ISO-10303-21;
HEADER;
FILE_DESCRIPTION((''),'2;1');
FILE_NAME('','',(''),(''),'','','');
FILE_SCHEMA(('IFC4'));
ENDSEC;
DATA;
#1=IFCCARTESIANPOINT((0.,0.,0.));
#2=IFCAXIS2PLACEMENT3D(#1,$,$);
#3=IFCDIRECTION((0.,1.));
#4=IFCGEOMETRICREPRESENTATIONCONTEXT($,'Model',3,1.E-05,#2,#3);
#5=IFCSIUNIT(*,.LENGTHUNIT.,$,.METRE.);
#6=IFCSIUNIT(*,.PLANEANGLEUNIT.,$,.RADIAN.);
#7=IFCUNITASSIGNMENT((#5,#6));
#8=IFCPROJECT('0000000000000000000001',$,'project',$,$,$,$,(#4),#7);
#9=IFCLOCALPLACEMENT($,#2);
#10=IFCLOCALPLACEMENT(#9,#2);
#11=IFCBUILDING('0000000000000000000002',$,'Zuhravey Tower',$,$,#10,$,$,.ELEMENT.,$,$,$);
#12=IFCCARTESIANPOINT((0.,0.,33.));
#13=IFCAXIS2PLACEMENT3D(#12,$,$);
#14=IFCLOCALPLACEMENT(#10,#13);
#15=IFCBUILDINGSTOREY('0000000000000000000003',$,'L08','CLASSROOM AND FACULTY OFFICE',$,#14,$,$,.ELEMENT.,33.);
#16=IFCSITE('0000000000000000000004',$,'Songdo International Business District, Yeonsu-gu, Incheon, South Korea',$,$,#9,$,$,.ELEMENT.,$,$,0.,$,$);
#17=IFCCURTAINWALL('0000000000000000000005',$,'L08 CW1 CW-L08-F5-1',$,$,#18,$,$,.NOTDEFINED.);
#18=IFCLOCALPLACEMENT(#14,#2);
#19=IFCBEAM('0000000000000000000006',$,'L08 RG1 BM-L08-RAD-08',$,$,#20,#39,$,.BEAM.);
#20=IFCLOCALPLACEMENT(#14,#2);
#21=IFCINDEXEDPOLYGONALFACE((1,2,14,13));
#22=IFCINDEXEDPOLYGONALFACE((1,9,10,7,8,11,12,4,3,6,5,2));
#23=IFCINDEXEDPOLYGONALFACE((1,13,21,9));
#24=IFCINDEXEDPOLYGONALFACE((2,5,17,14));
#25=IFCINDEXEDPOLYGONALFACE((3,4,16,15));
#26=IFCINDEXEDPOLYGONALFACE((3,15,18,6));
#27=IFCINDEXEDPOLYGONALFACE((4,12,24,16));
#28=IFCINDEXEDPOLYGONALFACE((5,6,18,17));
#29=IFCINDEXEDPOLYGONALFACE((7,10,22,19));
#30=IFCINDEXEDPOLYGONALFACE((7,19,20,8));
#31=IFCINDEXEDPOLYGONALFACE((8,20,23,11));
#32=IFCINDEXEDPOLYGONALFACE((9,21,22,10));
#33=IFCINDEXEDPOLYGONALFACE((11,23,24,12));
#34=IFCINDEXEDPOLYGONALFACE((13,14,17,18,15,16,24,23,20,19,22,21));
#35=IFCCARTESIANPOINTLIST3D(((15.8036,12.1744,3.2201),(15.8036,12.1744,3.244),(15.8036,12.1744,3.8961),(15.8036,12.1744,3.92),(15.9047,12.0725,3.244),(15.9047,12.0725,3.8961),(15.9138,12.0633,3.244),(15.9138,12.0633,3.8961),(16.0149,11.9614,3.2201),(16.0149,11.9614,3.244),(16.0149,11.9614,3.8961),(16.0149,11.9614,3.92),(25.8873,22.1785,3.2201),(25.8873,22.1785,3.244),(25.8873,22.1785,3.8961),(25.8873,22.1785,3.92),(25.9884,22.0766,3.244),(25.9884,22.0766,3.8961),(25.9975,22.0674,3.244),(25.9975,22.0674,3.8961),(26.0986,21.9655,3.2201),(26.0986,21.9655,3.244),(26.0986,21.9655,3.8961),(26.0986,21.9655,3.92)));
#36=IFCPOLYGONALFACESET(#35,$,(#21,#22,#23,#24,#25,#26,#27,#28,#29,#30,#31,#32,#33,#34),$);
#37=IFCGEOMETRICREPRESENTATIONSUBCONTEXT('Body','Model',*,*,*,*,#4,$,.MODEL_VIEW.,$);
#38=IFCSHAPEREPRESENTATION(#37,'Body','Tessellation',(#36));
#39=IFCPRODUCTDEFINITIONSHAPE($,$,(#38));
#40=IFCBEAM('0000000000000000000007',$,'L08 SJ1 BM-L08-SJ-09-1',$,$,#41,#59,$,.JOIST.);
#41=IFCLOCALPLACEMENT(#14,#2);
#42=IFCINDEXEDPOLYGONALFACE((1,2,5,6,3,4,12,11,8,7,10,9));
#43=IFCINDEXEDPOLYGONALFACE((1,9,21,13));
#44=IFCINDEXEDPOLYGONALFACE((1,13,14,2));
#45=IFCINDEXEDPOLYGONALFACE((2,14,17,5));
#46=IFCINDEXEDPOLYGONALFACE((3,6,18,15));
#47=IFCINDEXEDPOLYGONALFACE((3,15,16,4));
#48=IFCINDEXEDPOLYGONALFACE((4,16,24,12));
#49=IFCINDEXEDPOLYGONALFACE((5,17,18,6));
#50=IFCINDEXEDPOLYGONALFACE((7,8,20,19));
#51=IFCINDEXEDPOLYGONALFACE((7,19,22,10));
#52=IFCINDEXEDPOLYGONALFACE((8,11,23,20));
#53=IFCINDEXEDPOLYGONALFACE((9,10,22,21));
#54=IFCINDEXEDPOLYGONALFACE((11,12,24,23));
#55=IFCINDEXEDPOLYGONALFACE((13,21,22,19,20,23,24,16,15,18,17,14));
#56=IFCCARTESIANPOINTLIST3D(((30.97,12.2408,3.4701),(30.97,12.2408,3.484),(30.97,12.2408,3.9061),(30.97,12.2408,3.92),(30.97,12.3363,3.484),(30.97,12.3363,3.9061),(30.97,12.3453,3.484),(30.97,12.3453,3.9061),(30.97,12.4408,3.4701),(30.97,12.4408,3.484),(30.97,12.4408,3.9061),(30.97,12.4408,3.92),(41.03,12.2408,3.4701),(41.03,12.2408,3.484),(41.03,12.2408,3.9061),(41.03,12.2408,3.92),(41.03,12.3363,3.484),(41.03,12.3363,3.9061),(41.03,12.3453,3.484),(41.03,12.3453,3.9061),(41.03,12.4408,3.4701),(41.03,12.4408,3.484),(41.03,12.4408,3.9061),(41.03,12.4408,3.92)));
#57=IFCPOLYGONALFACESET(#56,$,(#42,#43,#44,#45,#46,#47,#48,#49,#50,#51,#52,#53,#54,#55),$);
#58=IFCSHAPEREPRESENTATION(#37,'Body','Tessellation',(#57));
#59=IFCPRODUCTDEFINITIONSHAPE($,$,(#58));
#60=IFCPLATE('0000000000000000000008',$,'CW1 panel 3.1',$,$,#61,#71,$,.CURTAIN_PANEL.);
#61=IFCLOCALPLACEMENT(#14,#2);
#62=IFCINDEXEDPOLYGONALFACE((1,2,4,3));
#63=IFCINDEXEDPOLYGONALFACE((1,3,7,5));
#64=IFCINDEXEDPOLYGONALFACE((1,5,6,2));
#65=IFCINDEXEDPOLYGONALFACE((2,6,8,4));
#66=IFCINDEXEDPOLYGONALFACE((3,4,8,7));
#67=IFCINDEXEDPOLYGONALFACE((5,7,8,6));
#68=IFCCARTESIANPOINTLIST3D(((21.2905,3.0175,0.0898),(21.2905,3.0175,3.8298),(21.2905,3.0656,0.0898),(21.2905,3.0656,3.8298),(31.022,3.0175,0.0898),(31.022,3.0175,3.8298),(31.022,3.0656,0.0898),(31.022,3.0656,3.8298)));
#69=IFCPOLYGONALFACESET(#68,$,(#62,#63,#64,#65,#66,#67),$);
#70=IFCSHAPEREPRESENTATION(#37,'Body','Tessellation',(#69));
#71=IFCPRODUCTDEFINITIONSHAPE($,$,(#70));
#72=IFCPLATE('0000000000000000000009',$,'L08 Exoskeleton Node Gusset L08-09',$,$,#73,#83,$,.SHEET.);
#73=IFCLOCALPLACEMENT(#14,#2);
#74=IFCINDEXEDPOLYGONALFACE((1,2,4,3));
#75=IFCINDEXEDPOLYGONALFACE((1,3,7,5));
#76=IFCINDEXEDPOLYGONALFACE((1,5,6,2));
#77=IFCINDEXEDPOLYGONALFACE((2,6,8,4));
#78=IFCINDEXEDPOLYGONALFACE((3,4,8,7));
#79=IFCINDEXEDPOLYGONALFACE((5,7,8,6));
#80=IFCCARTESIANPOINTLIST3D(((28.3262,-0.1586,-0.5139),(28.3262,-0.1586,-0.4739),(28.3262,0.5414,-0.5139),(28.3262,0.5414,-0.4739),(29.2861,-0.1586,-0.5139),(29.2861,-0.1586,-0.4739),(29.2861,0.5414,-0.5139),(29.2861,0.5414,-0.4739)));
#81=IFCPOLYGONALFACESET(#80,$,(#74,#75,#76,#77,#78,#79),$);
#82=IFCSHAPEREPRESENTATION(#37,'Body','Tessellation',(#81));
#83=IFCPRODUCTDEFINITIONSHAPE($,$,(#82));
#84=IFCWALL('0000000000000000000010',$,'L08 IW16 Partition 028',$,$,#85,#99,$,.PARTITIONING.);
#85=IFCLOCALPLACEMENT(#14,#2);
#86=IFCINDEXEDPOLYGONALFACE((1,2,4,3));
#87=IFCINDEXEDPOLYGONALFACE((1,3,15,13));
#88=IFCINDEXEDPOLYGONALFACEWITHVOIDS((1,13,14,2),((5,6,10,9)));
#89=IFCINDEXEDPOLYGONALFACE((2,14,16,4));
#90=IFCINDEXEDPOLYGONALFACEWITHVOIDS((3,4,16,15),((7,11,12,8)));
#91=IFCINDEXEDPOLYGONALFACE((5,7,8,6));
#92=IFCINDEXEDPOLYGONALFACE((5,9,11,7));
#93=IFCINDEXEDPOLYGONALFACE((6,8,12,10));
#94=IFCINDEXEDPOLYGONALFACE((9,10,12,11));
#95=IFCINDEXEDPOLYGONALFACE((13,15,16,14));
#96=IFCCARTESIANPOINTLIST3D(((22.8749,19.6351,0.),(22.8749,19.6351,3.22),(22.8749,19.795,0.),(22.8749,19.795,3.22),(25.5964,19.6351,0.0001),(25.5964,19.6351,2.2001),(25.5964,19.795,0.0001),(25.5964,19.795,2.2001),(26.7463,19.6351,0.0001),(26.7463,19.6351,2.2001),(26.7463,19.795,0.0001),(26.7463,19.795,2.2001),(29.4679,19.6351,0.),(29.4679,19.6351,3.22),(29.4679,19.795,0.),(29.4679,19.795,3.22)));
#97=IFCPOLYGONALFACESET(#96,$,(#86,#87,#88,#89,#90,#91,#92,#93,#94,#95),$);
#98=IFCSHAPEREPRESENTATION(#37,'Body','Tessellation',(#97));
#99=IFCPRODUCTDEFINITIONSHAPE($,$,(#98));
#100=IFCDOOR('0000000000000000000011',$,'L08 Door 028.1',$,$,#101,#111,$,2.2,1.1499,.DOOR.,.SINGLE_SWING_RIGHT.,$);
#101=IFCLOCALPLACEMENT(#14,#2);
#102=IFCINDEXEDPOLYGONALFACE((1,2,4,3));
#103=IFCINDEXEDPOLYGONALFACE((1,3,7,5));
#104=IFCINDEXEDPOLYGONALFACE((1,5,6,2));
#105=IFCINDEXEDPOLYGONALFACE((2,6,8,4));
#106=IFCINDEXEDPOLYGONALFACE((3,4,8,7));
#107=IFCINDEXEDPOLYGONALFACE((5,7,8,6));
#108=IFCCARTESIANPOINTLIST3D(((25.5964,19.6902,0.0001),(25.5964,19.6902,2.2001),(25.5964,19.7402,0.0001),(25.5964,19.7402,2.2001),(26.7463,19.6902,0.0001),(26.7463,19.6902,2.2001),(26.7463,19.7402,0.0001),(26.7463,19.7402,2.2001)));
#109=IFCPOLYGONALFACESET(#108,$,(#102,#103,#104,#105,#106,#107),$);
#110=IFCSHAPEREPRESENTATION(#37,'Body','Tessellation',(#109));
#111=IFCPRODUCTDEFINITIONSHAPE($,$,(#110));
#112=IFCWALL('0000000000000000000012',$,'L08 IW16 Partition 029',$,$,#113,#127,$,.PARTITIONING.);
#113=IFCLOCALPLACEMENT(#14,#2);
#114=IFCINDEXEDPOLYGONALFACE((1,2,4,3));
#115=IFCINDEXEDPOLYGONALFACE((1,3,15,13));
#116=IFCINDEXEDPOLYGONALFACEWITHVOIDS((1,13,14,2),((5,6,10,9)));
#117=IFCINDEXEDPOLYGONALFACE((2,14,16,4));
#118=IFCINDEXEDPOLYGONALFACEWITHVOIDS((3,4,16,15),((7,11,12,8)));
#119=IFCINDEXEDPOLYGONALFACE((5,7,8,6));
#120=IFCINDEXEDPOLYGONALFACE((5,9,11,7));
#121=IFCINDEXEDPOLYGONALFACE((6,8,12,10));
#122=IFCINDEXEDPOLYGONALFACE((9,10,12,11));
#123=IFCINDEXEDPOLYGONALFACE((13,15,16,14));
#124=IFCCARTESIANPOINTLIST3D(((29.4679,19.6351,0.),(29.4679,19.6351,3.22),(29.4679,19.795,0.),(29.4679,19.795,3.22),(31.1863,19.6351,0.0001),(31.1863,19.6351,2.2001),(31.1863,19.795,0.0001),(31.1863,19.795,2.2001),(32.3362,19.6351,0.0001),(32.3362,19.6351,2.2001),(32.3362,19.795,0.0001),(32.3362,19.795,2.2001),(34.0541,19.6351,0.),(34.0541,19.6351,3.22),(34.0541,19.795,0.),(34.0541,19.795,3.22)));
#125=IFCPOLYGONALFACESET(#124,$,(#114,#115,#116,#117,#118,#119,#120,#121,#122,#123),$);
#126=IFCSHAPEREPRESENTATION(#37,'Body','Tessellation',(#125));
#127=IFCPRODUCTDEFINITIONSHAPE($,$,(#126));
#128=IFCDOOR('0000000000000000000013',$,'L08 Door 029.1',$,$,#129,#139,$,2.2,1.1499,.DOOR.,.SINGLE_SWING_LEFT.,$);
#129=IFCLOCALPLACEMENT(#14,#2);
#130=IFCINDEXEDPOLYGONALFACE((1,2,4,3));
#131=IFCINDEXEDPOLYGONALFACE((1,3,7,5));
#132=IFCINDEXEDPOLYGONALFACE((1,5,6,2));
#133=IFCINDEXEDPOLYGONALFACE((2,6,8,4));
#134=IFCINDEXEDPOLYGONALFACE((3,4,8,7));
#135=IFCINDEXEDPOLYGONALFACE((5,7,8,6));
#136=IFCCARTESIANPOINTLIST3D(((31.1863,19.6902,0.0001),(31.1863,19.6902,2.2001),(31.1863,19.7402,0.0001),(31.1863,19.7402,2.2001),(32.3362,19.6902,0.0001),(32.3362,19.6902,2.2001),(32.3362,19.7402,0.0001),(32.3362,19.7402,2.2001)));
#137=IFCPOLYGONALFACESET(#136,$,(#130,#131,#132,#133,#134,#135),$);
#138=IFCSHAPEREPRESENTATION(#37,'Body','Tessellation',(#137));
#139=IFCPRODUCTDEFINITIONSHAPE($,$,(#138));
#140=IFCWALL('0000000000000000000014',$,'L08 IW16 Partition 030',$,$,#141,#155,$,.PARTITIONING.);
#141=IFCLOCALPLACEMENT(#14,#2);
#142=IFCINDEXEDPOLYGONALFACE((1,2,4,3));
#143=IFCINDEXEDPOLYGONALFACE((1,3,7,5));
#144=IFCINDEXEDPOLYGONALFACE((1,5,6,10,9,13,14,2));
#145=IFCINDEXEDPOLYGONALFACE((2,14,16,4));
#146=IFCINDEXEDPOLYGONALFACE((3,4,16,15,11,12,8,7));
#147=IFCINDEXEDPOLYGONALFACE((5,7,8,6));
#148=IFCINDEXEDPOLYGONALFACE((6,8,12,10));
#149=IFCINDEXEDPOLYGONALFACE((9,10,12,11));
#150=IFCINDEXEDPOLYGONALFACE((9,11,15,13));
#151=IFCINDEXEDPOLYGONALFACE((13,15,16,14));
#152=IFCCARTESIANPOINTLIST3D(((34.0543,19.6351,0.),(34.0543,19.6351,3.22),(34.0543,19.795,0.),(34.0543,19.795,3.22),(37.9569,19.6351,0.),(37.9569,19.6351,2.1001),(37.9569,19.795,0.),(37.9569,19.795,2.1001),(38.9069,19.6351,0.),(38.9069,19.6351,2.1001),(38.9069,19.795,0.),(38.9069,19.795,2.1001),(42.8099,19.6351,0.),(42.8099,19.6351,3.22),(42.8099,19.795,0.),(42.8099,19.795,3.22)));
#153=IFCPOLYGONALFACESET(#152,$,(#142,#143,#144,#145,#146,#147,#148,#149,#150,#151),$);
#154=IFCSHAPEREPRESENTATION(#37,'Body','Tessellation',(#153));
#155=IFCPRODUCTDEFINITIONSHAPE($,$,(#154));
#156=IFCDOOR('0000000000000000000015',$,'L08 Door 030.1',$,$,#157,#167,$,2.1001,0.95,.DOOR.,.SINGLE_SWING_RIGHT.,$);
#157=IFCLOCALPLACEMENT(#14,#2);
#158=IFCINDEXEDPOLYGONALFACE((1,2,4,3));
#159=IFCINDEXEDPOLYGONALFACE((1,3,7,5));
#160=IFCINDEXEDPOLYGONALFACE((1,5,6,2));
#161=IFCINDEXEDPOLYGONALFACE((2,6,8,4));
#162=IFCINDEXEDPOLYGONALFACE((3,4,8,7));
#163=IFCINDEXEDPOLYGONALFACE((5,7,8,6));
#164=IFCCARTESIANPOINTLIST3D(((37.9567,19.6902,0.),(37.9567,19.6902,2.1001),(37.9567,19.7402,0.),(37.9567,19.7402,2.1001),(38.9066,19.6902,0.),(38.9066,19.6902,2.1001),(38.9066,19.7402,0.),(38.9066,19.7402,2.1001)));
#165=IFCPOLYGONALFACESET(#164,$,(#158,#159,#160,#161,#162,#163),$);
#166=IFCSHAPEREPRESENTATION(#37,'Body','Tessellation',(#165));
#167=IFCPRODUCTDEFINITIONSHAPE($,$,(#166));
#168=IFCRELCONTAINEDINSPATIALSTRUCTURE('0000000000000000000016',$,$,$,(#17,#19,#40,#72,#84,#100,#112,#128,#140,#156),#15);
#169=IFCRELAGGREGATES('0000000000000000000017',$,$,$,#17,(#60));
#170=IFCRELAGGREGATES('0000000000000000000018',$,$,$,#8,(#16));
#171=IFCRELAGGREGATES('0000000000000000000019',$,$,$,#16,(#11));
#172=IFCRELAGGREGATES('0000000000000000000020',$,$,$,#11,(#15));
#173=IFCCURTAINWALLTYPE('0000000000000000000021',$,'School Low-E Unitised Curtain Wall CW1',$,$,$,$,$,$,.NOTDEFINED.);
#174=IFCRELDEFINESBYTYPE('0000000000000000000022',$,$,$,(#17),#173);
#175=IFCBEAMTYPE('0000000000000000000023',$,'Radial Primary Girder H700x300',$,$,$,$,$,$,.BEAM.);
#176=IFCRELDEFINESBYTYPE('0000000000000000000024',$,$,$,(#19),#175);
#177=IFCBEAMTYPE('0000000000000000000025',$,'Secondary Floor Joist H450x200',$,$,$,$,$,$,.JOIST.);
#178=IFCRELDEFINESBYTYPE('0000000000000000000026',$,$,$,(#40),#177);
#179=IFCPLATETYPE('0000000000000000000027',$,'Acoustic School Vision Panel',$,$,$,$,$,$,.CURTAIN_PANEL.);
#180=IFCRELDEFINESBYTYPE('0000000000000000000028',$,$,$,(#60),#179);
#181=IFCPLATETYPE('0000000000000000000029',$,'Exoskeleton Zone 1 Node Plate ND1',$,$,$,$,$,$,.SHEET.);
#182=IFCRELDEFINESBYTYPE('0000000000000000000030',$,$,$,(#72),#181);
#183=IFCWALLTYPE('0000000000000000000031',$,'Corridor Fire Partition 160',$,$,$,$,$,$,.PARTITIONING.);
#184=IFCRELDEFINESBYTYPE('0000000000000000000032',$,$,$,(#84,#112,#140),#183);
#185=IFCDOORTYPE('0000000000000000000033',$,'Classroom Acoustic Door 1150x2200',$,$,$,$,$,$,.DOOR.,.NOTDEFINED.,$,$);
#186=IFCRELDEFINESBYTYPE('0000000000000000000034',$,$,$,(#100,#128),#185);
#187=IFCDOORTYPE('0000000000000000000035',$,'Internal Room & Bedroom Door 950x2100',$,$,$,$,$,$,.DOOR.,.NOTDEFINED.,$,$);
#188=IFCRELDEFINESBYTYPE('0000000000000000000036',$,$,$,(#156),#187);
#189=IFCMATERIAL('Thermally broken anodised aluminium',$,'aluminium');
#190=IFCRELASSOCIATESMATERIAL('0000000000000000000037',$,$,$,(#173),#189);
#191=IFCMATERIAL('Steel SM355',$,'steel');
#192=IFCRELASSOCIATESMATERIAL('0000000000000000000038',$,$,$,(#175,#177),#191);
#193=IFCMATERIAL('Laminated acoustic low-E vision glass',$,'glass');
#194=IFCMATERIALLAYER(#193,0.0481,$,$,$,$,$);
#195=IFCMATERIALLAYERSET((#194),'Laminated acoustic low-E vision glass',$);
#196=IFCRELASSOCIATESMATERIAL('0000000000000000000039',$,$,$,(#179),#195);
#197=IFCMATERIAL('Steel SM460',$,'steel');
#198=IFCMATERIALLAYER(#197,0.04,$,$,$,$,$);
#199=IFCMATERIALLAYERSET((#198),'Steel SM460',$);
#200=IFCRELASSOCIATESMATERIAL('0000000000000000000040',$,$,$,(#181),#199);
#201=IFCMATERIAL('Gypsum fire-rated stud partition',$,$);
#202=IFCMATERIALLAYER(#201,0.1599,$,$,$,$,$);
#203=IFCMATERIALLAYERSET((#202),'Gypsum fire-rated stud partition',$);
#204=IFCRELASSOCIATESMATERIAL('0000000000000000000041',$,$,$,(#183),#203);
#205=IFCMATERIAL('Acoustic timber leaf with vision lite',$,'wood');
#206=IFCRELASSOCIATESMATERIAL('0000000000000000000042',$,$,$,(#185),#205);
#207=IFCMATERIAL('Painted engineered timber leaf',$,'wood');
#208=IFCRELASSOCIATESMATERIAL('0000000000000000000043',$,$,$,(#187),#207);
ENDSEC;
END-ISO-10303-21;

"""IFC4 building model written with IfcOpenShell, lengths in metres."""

from ifc_helpers import new_model, si_unit, direction, frame, frame_2d, origin, origin_2d, place, context, subcontext, project, spatial, rectangle, i_section, extrude, material, layer, layer_set, material_profile, profile_set, type_object, element, fill, aggregate, save


model = new_model("IFC4")

# Units and contexts
model_context = context("Model", 3, precision=1e-05, world=origin(), true_north=direction((0.0, 1.0)))
body_context = subcontext(model_context, "Body", "Model", "MODEL_VIEW")
ifc_project = project(units=[si_unit("LENGTHUNIT", "METRE"), si_unit("PLANEANGLEUNIT", "RADIAN")], contexts=[model_context])

# Site, building, storey
site_placement = place(None, origin())
site = spatial("IfcSite", under=ifc_project, at=site_placement, Name="Songdo International Business District, Yeonsu-gu, Incheon, South Korea", CompositionType="ELEMENT", RefElevation=0.0)
building_placement = place(site_placement, origin())
building = spatial("IfcBuilding", under=site, at=building_placement, Name="Zuhravey Tower", CompositionType="ELEMENT")
storey_placement = place(building_placement, frame((0.0, 0.0, 33.0)))
storey = spatial("IfcBuildingStorey", under=building, at=storey_placement, Name="L08", Description="CLASSROOM AND FACULTY OFFICE", CompositionType="ELEMENT", Elevation=33.0)

# Curtain wall
ifc_material_1 = material(Name="Thermally broken anodised aluminium", Category="aluminium")
curtain_wall_type = type_object("IfcCurtainWallType", Name="School Low-E Unitised Curtain Wall CW1", PredefinedType="NOTDEFINED", material=ifc_material_1)
curtain_wall_placement = place(storey_placement, origin())
curtain_wall = element("IfcCurtainWall", 1, at=curtain_wall_placement, inside=storey, type_object=curtain_wall_type, Name="L08 CW1 CW-L08-F5-1", PredefinedType="NOTDEFINED")

# Shared definitions
ifc_material_2 = material(Name="Steel SM355", Category="steel")
ifc_material_3 = material(Name="Steel SM460", Category="steel")

# Beams
ifc_material_profile_1 = material_profile(ifc_material_2, i_section(OverallWidth=0.3, OverallDepth=0.7, WebThickness=0.0129, FlangeThickness=0.0239, at=origin_2d()), Name="H-700x300x13x24")
ifc_profile_set_1 = profile_set([ifc_material_profile_1], Name="Steel SM355")
beam_type_1 = type_object("IfcBeamType", Name="Radial Primary Girder H700x300", PredefinedType="BEAM", material=ifc_profile_set_1)
beam_1_placement = place(storey_placement, frame((25.9929, 22.072, 3.5701), z_axis=(-0.709903, -0.7043, 0.0), x_axis=(0.7043, -0.709903, 0.0)))
element("IfcBeam", 2, at=beam_1_placement, inside=storey, type_object=beam_type_1, Name="L08 RG1 BM-L08-RAD-08", PredefinedType="BEAM", context=body_context, shape_type="SweptSolid", body=[
    extrude(i_section(OverallWidth=0.3, OverallDepth=0.7, WebThickness=0.0129, FlangeThickness=0.0239, at=origin_2d()), origin(), (0.0, 0.0, 1.0), 14.2043),
])
ifc_material_profile_2 = material_profile(ifc_material_2, i_section(OverallWidth=0.2, OverallDepth=0.45, WebThickness=0.009, FlangeThickness=0.0139, at=origin_2d()), Name="H-450x200x9x14")
ifc_profile_set_2 = profile_set([ifc_material_profile_2], Name="Steel SM355")
beam_type_2 = type_object("IfcBeamType", Name="Secondary Floor Joist H450x200", PredefinedType="JOIST", material=ifc_profile_set_2)
beam_2_placement = place(storey_placement, frame((30.97, 12.3408, 3.6951), z_axis=(1.0, 0.0, 0.0), x_axis=(0.0, 1.0, 0.0)))
element("IfcBeam", 3, at=beam_2_placement, inside=storey, type_object=beam_type_2, Name="L08 SJ1 BM-L08-SJ-09-1", PredefinedType="JOIST", context=body_context, shape_type="SweptSolid", body=[
    extrude(i_section(OverallWidth=0.2, OverallDepth=0.45, WebThickness=0.009, FlangeThickness=0.0139, at=origin_2d()), origin(), (0.0, 0.0, 1.0), 10.0601),
])

# Plates
ifc_material_4 = material(Name="Laminated acoustic low-E vision glass", Category="glass")
ifc_layer_1 = layer(ifc_material_4, 0.0481)
ifc_layer_set_1 = layer_set([ifc_layer_1], Name="Laminated acoustic low-E vision glass")
plate_type_1 = type_object("IfcPlateType", Name="Acoustic School Vision Panel", PredefinedType="CURTAIN_PANEL", material=ifc_layer_set_1)
plate_1_placement = place(storey_placement, frame((26.1562, 3.0415, 0.0898), z_axis=(0.0, 0.0, 1.0), x_axis=(-1.0, 0.0, 0.0)))
plate_1 = element("IfcPlate", 4, at=plate_1_placement, type_object=plate_type_1, Name="CW1 panel 3.1", PredefinedType="CURTAIN_PANEL", context=body_context, shape_type="SweptSolid", body=[
    extrude(rectangle(XDim=9.7314, YDim=0.0481, at=origin_2d()), origin(), (0.0, 0.0, 1.0), 3.74),
])
aggregate(curtain_wall, [plate_1])
ifc_layer_2 = layer(ifc_material_3, 0.04)
ifc_layer_set_2 = layer_set([ifc_layer_2], Name="Steel SM460")
plate_type_2 = type_object("IfcPlateType", Name="Exoskeleton Zone 1 Node Plate ND1", PredefinedType="SHEET", material=ifc_layer_set_2)
plate_2_placement = place(storey_placement, frame((28.8062, 0.1914, -0.5139), z_axis=(0.0, 0.0, 1.0), x_axis=(1.0, 0.0, 0.0)))
element("IfcPlate", 5, at=plate_2_placement, inside=storey, type_object=plate_type_2, Name="L08 Exoskeleton Node Gusset L08-09", PredefinedType="SHEET", context=body_context, shape_type="SweptSolid", body=[
    extrude(rectangle(XDim=0.96, YDim=0.7, at=origin_2d()), origin(), (0.0, 0.0, 1.0), 0.04),
])

# Walls, openings, doors
ifc_material_5 = material(Name="Gypsum fire-rated stud partition")
ifc_layer_3 = layer(ifc_material_5, 0.1599)
ifc_layer_set_3 = layer_set([ifc_layer_3], Name="Gypsum fire-rated stud partition")
wall_type_1 = type_object("IfcWallType", Name="Corridor Fire Partition 160", PredefinedType="PARTITIONING", material=ifc_layer_set_3)
wall_1_placement = place(storey_placement, frame((22.875, 19.7151, 0.0), z_axis=(0.0, 0.0, 1.0), x_axis=(1.0, 0.0, 0.0)))
wall_1 = element("IfcWall", 6, at=wall_1_placement, inside=storey, type_object=wall_type_1, Name="L08 IW16 Partition 028", PredefinedType="PARTITIONING", context=body_context, shape_type="SweptSolid", body=[
    extrude(rectangle(XDim=6.593, YDim=0.1599, at=frame_2d((3.2964, 0.0))), origin(), (0.0, 0.0, 1.0), 3.22),
])
opening_1_placement = place(wall_1_placement, frame((2.7214, 0.0, 0.0)))
opening_1 = element("IfcOpeningElement", 7, at=opening_1_placement, cuts=wall_1, PredefinedType="OPENING", context=body_context, shape_type="SweptSolid", body=[
    extrude(rectangle(XDim=1.1499, YDim=2.2, at=frame_2d((0.575, 1.1001))), frame((0.0, 0.092, 0.0), z_axis=(0.0, -1.0, 0.0), x_axis=(1.0, 0.0, 0.0)), (0.0, 0.0, 1.0), 0.1838),
])
ifc_material_6 = material(Name="Acoustic timber leaf with vision lite", Category="wood")
door_type_1 = type_object("IfcDoorType", Name="Classroom Acoustic Door 1150x2200", OperationType="NOTDEFINED", PredefinedType="DOOR", material=ifc_material_6)
door_1_placement = place(opening_1_placement, frame((1.1499, 0.0, 0.0), z_axis=(0.0, 0.0, 1.0), x_axis=(-1.0, 0.0, 0.0)))
door_1 = element("IfcDoor", 8, at=door_1_placement, inside=storey, type_object=door_type_1, Name="L08 Door 028.1", OperationType="SINGLE_SWING_RIGHT", OverallHeight=2.2, OverallWidth=1.1499, PredefinedType="DOOR", context=body_context, shape_type="SweptSolid", body=[
    extrude(rectangle(XDim=1.1499, YDim=2.2, at=frame_2d((0.575, 1.1001))), frame((0.0, 0.0249, 0.0), z_axis=(0.0, -1.0, 0.0), x_axis=(1.0, 0.0, 0.0)), (0.0, 0.0, 1.0), 0.05),
])
fill(opening_1, door_1)
wall_2_placement = place(storey_placement, frame((29.468, 19.7151, 0.0), z_axis=(0.0, 0.0, 1.0), x_axis=(1.0, 0.0, 0.0)))
wall_2 = element("IfcWall", 9, at=wall_2_placement, inside=storey, type_object=wall_type_1, Name="L08 IW16 Partition 029", PredefinedType="PARTITIONING", context=body_context, shape_type="SweptSolid", body=[
    extrude(rectangle(XDim=4.5862, YDim=0.1599, at=frame_2d((2.293, 0.0))), origin(), (0.0, 0.0, 1.0), 3.22),
])
opening_2_placement = place(wall_2_placement, frame((1.7183, 0.0, 0.0)))
opening_2 = element("IfcOpeningElement", 10, at=opening_2_placement, cuts=wall_2, PredefinedType="OPENING", context=body_context, shape_type="SweptSolid", body=[
    extrude(rectangle(XDim=1.1499, YDim=2.2, at=frame_2d((0.575, 1.1001))), frame((0.0, 0.092, 0.0), z_axis=(0.0, -1.0, 0.0), x_axis=(1.0, 0.0, 0.0)), (0.0, 0.0, 1.0), 0.1838),
])
door_2_placement = place(opening_2_placement, frame((1.1499, 0.0, 0.0), z_axis=(0.0, 0.0, 1.0), x_axis=(-1.0, 0.0, 0.0)))
door_2 = element("IfcDoor", 11, at=door_2_placement, inside=storey, type_object=door_type_1, Name="L08 Door 029.1", OperationType="SINGLE_SWING_LEFT", OverallHeight=2.2, OverallWidth=1.1499, PredefinedType="DOOR", context=body_context, shape_type="SweptSolid", body=[
    extrude(rectangle(XDim=1.1499, YDim=2.2, at=frame_2d((0.575, 1.1001))), frame((0.0, 0.0249, 0.0), z_axis=(0.0, -1.0, 0.0), x_axis=(1.0, 0.0, 0.0)), (0.0, 0.0, 1.0), 0.05),
])
fill(opening_2, door_2)
wall_3_placement = place(storey_placement, frame((34.0542, 19.7151, 0.0), z_axis=(0.0, 0.0, 1.0), x_axis=(1.0, 0.0, 0.0)))
wall_3 = element("IfcWall", 12, at=wall_3_placement, inside=storey, type_object=wall_type_1, Name="L08 IW16 Partition 030", PredefinedType="PARTITIONING", context=body_context, shape_type="SweptSolid", body=[
    extrude(rectangle(XDim=8.7556, YDim=0.1599, at=frame_2d((4.3779, 0.0))), origin(), (0.0, 0.0, 1.0), 3.22),
])
opening_3_placement = place(wall_3_placement, frame((3.9026, 0.0, 0.0)))
opening_3 = element("IfcOpeningElement", 13, at=opening_3_placement, cuts=wall_3, PredefinedType="OPENING", context=body_context, shape_type="SweptSolid", body=[
    extrude(rectangle(XDim=0.95, YDim=2.1001, at=frame_2d((0.4751, 1.05))), frame((0.0, 0.092, 0.0), z_axis=(0.0, -1.0, 0.0), x_axis=(1.0, 0.0, 0.0)), (0.0, 0.0, 1.0), 0.1838),
])
ifc_material_7 = material(Name="Painted engineered timber leaf", Category="wood")
door_type_2 = type_object("IfcDoorType", Name="Internal Room & Bedroom Door 950x2100", OperationType="NOTDEFINED", PredefinedType="DOOR", material=ifc_material_7)
door_3_placement = place(opening_3_placement, frame((0.95, 0.0, 0.0), z_axis=(0.0, 0.0, 1.0), x_axis=(-1.0, 0.0, 0.0)))
door_3 = element("IfcDoor", 14, at=door_3_placement, inside=storey, type_object=door_type_2, Name="L08 Door 030.1", OperationType="SINGLE_SWING_RIGHT", OverallHeight=2.1001, OverallWidth=0.95, PredefinedType="DOOR", context=body_context, shape_type="SweptSolid", body=[
    extrude(rectangle(XDim=0.95, YDim=2.1001, at=frame_2d((0.4751, 1.05))), frame((0.0, 0.0249, 0.0), z_axis=(0.0, -1.0, 0.0), x_axis=(1.0, 0.0, 0.0)), (0.0, 0.0, 1.0), 0.05),
])
fill(opening_3, door_3)

save(model, "model.ifc")
